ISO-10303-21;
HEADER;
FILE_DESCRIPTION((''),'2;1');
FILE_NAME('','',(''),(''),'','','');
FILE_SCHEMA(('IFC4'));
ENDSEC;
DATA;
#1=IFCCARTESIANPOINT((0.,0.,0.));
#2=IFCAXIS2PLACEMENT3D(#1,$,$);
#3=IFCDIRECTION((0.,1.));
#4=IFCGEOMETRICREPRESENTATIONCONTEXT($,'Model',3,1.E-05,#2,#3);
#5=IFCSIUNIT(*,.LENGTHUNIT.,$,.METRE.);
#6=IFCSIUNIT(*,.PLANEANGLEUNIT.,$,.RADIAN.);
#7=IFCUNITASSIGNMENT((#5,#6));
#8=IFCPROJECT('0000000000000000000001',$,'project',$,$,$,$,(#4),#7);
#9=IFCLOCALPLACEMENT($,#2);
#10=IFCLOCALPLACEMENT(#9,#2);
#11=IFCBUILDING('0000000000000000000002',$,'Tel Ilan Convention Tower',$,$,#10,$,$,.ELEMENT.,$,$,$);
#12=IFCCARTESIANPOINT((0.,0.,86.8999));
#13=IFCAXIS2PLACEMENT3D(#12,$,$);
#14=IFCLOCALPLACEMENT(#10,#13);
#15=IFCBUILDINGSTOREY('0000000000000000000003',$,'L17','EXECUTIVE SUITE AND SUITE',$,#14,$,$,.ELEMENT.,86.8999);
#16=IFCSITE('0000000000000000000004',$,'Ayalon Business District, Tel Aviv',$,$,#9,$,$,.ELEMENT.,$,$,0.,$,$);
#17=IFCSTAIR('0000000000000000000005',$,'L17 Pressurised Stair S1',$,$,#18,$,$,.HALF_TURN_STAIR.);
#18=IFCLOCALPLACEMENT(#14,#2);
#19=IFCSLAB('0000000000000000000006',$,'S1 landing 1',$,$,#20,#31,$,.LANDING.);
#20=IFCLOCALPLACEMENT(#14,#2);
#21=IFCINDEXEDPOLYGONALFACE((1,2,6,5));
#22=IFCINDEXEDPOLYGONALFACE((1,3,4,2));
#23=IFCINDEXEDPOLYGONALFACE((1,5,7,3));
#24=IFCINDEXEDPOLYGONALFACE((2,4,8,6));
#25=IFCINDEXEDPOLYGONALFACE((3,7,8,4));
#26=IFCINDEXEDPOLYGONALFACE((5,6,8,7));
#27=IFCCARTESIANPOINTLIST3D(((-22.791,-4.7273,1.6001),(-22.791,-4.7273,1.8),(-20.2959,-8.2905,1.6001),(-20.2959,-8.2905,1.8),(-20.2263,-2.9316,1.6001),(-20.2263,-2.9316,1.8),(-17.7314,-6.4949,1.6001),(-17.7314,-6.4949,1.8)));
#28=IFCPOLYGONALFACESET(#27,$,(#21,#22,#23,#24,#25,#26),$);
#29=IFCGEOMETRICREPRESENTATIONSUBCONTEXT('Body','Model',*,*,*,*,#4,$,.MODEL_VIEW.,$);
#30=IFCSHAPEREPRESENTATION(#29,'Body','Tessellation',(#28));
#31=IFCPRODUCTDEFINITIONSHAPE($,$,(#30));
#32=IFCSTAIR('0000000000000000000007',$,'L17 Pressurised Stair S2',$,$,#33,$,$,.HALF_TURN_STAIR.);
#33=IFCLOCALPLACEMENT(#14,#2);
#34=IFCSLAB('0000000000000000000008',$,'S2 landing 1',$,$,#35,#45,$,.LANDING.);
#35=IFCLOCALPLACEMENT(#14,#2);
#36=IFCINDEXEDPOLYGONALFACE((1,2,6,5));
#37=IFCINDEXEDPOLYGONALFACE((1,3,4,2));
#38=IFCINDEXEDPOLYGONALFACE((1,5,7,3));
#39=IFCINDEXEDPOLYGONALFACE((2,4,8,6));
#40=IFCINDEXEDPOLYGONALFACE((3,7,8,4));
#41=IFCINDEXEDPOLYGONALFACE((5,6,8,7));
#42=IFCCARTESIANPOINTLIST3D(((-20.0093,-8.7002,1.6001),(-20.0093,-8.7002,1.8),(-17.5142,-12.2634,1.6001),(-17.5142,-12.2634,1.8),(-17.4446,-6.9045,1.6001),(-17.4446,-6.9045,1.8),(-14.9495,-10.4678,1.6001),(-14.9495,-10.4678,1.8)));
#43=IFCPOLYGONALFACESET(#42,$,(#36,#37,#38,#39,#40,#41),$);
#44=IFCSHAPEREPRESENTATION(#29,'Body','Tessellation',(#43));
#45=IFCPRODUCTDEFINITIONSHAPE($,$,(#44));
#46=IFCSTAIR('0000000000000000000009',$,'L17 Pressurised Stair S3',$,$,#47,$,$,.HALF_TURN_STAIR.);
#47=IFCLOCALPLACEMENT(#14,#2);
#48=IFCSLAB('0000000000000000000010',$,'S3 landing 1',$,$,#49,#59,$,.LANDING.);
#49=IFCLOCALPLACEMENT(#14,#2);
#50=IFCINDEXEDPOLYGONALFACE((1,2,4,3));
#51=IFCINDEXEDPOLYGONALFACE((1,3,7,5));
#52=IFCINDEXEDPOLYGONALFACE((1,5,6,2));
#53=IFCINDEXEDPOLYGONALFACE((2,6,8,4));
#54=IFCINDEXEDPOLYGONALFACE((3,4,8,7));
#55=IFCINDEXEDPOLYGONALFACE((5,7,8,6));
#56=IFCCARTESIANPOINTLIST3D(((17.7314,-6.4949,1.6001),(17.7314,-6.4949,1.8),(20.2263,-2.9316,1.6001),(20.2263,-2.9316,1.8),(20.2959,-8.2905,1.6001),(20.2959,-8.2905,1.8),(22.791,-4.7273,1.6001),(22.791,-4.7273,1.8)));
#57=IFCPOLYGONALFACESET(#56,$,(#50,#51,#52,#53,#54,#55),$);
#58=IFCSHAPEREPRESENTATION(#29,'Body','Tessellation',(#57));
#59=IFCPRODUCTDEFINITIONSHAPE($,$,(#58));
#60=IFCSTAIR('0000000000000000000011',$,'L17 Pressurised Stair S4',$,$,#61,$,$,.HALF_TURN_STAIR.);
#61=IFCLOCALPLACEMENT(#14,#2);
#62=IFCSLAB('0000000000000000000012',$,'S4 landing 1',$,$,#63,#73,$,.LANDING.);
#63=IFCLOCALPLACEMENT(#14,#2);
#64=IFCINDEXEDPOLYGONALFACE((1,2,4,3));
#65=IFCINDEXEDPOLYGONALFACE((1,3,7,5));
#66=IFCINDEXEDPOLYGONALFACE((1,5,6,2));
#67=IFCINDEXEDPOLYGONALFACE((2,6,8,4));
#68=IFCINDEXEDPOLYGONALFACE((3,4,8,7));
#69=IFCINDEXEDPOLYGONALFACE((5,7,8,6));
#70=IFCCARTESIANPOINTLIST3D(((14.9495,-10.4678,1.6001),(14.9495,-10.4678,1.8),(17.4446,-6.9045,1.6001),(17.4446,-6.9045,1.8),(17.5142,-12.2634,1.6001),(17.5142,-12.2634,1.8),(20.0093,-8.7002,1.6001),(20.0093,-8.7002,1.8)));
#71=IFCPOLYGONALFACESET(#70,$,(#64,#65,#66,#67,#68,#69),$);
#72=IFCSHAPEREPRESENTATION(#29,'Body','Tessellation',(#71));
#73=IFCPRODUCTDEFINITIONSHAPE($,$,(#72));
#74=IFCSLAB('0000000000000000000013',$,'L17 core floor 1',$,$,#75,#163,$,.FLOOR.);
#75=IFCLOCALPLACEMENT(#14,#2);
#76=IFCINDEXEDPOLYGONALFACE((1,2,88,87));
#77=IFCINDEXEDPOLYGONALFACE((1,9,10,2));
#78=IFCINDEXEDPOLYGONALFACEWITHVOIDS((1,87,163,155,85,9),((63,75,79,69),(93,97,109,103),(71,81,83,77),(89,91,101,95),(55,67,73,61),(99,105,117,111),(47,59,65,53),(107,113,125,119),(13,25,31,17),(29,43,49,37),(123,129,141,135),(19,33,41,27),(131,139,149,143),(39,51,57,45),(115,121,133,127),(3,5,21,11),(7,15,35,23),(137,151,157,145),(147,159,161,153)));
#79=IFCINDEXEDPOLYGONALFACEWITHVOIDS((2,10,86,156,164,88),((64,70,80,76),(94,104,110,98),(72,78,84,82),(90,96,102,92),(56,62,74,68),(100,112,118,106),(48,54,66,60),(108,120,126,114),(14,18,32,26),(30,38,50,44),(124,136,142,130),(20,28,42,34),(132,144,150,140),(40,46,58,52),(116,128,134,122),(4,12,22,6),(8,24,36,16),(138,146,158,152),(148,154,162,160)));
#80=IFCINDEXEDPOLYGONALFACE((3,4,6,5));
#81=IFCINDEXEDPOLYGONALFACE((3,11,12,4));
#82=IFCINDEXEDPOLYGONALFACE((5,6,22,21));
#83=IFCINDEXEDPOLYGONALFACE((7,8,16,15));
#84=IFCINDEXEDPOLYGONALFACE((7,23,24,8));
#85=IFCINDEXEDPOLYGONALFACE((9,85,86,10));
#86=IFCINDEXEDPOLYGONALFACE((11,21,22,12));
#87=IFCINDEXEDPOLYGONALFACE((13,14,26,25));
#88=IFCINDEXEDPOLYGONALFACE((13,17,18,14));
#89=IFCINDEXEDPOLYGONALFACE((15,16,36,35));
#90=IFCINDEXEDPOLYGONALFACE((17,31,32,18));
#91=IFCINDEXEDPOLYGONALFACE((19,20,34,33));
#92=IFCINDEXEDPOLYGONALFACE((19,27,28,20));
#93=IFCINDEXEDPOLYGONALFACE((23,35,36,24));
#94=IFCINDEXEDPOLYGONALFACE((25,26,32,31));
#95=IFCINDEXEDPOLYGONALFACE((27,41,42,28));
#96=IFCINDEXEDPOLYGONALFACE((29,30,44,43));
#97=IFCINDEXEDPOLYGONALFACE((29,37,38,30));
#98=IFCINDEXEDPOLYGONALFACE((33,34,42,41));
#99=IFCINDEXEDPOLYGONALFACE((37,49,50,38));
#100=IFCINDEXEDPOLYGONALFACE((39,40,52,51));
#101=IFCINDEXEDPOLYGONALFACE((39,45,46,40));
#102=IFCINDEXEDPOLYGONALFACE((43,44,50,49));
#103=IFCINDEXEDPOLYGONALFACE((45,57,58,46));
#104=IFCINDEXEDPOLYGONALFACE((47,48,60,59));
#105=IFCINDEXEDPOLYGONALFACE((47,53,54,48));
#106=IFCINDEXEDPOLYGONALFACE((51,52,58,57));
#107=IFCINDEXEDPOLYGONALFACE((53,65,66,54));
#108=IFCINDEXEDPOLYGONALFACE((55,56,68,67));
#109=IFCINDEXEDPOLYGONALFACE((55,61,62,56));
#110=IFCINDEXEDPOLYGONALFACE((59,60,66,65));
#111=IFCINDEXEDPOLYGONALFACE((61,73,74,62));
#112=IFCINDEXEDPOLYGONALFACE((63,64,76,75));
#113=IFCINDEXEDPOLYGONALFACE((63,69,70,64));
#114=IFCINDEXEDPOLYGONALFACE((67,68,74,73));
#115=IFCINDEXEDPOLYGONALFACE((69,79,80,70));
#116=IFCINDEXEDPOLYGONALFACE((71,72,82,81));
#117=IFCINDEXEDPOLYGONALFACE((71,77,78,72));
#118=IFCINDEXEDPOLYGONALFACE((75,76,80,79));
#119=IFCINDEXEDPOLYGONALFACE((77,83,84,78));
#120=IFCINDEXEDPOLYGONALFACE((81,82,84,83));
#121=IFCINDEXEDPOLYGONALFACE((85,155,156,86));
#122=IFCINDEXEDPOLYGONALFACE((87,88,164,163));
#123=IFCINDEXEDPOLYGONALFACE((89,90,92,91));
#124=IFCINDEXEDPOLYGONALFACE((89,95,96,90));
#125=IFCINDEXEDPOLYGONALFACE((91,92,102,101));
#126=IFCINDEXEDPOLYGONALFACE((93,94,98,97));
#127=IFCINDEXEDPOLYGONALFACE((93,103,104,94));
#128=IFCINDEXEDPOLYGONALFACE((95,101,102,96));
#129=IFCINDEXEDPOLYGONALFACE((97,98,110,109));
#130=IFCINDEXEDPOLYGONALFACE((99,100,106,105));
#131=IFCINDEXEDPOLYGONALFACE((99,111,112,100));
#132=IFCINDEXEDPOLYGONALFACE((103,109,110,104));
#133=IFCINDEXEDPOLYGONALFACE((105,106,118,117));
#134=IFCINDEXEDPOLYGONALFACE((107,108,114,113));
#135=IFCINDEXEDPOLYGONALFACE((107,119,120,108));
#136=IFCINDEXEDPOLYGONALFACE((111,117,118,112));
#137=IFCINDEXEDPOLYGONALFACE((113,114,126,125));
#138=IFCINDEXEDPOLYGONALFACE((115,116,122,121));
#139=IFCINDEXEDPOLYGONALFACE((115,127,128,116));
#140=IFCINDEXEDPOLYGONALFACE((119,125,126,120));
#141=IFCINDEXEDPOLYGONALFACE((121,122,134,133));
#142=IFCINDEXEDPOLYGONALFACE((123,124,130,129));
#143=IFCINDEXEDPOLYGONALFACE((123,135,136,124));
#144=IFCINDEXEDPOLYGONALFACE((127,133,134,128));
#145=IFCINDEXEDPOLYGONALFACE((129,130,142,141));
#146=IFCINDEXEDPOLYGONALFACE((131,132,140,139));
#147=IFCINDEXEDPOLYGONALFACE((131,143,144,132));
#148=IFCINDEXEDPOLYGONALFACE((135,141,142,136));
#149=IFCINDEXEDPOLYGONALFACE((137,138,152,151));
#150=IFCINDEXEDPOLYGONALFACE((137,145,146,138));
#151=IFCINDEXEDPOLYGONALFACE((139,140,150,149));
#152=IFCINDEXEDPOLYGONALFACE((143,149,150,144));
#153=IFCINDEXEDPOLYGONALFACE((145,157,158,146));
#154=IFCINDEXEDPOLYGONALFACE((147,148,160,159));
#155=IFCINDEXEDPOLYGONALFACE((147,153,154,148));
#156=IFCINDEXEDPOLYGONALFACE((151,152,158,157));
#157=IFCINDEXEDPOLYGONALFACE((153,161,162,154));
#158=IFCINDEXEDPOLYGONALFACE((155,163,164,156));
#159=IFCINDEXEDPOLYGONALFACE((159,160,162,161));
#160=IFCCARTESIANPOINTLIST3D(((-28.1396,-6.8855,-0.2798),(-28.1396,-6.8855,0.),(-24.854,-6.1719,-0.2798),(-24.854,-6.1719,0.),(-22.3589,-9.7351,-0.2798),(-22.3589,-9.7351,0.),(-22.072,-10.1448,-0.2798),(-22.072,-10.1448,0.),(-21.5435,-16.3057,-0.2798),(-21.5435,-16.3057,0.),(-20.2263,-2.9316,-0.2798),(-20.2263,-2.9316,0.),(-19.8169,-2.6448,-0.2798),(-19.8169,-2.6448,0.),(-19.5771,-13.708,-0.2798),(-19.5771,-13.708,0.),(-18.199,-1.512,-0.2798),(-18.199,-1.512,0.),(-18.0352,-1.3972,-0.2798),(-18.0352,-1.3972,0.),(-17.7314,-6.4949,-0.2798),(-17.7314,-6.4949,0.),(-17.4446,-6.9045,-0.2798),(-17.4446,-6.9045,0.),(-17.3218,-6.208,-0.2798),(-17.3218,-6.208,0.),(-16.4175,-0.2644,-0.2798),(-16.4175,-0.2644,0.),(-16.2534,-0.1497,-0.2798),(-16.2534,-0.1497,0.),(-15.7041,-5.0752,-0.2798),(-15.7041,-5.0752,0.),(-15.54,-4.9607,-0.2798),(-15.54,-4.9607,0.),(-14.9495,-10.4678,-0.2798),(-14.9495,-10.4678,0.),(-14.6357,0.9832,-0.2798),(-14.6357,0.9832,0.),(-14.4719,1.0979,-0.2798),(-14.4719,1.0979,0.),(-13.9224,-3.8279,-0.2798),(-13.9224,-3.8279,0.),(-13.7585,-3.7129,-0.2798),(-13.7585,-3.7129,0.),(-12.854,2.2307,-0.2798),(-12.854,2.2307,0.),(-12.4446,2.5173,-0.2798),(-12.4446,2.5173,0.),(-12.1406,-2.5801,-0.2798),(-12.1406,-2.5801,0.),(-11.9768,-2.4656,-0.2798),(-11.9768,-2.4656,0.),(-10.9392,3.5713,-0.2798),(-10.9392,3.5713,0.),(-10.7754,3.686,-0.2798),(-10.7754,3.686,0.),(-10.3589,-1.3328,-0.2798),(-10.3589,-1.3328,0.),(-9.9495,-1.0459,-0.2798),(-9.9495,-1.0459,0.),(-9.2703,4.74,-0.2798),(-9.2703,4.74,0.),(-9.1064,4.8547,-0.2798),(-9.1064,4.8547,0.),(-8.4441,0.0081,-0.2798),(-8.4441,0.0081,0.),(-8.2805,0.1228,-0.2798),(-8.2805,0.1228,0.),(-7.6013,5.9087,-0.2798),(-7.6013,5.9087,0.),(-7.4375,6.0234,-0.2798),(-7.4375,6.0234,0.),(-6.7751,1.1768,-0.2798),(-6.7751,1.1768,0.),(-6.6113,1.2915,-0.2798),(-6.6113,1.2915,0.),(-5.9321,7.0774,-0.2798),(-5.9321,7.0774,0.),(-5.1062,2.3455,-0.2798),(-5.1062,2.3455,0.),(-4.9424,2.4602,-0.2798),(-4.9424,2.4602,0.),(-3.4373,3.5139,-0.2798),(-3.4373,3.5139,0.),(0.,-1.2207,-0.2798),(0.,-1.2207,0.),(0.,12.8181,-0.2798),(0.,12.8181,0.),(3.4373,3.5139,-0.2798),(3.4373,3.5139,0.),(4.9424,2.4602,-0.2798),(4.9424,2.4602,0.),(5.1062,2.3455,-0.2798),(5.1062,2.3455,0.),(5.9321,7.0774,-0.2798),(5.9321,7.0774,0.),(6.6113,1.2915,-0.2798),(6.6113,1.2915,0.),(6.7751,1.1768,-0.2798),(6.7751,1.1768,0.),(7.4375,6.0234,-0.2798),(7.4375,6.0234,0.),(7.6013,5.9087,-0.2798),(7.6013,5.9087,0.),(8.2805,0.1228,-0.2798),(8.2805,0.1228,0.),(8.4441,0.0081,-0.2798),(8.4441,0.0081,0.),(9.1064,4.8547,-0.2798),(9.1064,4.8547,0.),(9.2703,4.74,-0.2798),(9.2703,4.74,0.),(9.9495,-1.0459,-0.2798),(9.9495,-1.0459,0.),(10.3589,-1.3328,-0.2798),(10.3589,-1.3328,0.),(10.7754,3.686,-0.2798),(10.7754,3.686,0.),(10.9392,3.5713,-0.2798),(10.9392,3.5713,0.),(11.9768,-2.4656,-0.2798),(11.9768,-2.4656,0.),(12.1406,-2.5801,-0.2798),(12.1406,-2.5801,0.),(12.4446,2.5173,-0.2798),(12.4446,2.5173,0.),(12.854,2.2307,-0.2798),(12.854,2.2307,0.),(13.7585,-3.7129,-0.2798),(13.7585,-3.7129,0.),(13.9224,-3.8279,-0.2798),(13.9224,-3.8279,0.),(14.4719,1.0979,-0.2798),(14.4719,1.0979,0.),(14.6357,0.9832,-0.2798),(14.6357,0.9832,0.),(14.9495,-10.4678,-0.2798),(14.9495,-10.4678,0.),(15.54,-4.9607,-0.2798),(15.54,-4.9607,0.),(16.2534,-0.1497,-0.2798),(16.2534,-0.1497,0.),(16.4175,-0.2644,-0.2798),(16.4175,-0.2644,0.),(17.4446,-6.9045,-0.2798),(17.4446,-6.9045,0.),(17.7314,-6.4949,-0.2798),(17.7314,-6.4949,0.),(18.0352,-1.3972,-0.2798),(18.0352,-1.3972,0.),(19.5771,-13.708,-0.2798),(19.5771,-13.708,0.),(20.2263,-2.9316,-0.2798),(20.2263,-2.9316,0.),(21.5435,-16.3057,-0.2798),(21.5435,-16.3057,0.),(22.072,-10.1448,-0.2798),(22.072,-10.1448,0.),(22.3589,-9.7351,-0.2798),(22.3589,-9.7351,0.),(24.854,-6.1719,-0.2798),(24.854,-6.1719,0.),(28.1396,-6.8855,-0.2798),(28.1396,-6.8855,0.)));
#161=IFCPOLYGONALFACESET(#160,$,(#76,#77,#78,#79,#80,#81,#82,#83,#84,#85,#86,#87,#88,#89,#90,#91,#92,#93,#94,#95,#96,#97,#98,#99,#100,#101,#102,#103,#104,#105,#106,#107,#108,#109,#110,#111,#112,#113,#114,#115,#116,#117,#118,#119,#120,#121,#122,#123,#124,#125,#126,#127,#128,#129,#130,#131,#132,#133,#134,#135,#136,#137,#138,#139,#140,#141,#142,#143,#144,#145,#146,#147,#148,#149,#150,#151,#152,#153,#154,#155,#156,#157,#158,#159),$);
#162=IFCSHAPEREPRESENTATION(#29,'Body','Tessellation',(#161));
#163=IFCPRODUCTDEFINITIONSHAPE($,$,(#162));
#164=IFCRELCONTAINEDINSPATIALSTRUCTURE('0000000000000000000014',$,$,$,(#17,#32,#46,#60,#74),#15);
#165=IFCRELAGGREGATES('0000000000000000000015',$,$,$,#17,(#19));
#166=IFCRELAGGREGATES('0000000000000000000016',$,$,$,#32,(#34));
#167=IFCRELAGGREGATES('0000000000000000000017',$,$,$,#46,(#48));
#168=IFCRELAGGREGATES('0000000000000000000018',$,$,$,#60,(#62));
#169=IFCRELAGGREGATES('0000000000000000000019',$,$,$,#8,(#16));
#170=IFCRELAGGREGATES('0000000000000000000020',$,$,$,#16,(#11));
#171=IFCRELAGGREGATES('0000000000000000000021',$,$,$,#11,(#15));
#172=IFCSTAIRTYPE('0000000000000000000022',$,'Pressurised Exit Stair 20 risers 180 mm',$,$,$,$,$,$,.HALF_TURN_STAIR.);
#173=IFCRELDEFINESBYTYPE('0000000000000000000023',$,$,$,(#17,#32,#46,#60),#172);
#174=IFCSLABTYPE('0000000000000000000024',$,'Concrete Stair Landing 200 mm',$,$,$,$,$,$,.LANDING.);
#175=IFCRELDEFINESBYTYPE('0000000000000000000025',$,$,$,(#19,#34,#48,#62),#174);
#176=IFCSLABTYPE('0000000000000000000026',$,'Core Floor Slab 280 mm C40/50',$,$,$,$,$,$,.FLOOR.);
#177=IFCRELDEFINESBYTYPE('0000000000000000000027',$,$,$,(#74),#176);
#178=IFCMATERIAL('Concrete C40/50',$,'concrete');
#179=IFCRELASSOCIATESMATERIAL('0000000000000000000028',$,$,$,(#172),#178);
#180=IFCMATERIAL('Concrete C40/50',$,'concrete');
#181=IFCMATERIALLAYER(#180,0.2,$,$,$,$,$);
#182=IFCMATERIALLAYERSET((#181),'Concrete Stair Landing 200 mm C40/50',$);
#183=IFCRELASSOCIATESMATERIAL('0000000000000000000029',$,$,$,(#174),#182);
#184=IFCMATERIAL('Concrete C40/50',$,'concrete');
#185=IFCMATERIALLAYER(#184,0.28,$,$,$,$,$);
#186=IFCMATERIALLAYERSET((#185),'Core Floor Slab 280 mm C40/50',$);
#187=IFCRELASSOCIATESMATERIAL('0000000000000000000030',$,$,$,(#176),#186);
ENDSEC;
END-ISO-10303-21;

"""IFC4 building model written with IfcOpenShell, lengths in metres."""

from ifc_helpers import new_model, si_unit, direction, frame, origin, place, context, subcontext, project, spatial, polyline, outline, extrude, material, layer, layer_set, type_object, element, aggregate, save


model = new_model("IFC4")

# Units and contexts
model_context = context("Model", 3, precision=1e-05, world=origin(), true_north=direction((0.0, 1.0)))
body_context = subcontext(model_context, "Body", "Model", "MODEL_VIEW")
ifc_project = project(units=[si_unit("LENGTHUNIT", "METRE"), si_unit("PLANEANGLEUNIT", "RADIAN")], contexts=[model_context])

# Site, building, storey
site_placement = place(None, origin())
site = spatial("IfcSite", under=ifc_project, at=site_placement, Name="Ayalon Business District, Tel Aviv", CompositionType="ELEMENT", RefElevation=0.0)
building_placement = place(site_placement, origin())
building = spatial("IfcBuilding", under=site, at=building_placement, Name="Tel Ilan Convention Tower", CompositionType="ELEMENT")
storey_placement = place(building_placement, frame((0.0, 0.0, 86.8999)))
storey = spatial("IfcBuildingStorey", under=building, at=storey_placement, Name="L17", Description="EXECUTIVE SUITE AND SUITE", CompositionType="ELEMENT", Elevation=86.8999)

# Stairs, slabs
ifc_material_1 = material(Name="Concrete C40/50", Category="concrete")
stair_type = type_object("IfcStairType", Name="Pressurised Exit Stair 20 risers 180 mm", PredefinedType="HALF_TURN_STAIR", material=ifc_material_1)
stair_1_placement = place(storey_placement, origin())
stair_1 = element("IfcStair", 1, at=stair_1_placement, inside=storey, type_object=stair_type, Name="L17 Pressurised Stair S1", PredefinedType="HALF_TURN_STAIR")
ifc_material_2 = material(Name="Concrete C40/50", Category="concrete")
ifc_layer_1 = layer(ifc_material_2, 0.2)
ifc_layer_set_1 = layer_set([ifc_layer_1], Name="Concrete Stair Landing 200 mm C40/50")
slab_type_1 = type_object("IfcSlabType", Name="Concrete Stair Landing 200 mm", PredefinedType="LANDING", material=ifc_layer_set_1)
slab_1_placement = place(storey_placement, frame((0.0, 0.0, 1.6001)))
slab_1 = element("IfcSlab", 2, at=slab_1_placement, type_object=slab_type_1, Name="S1 landing 1", PredefinedType="LANDING", context=body_context, shape_type="SweptSolid", body=[
    extrude(outline(polyline([(-20.2959, -8.2905), (-17.7314, -6.4949), (-20.2263, -2.9316), (-22.791, -4.7273), (-20.2959, -8.2905)])), origin(), (0.0, 0.0, 1.0), 0.2),
])
aggregate(stair_1, [slab_1])
stair_2_placement = place(storey_placement, origin())
stair_2 = element("IfcStair", 3, at=stair_2_placement, inside=storey, type_object=stair_type, Name="L17 Pressurised Stair S2", PredefinedType="HALF_TURN_STAIR")
slab_2_placement = place(storey_placement, frame((0.0, 0.0, 1.6001)))
slab_2 = element("IfcSlab", 4, at=slab_2_placement, type_object=slab_type_1, Name="S2 landing 1", PredefinedType="LANDING", context=body_context, shape_type="SweptSolid", body=[
    extrude(outline(polyline([(-17.5142, -12.2634), (-14.9495, -10.4678), (-17.4446, -6.9045), (-20.0093, -8.7002), (-17.5142, -12.2634)])), origin(), (0.0, 0.0, 1.0), 0.2),
])
aggregate(stair_2, [slab_2])
stair_3_placement = place(storey_placement, origin())
stair_3 = element("IfcStair", 5, at=stair_3_placement, inside=storey, type_object=stair_type, Name="L17 Pressurised Stair S3", PredefinedType="HALF_TURN_STAIR")
slab_3_placement = place(storey_placement, frame((0.0, 0.0, 1.6001)))
slab_3 = element("IfcSlab", 6, at=slab_3_placement, type_object=slab_type_1, Name="S3 landing 1", PredefinedType="LANDING", context=body_context, shape_type="SweptSolid", body=[
    extrude(outline(polyline([(22.791, -4.7273), (20.2263, -2.9316), (17.7314, -6.4949), (20.2959, -8.2905), (22.791, -4.7273)])), origin(), (0.0, 0.0, 1.0), 0.2),
])
aggregate(stair_3, [slab_3])
stair_4_placement = place(storey_placement, origin())
stair_4 = element("IfcStair", 7, at=stair_4_placement, inside=storey, type_object=stair_type, Name="L17 Pressurised Stair S4", PredefinedType="HALF_TURN_STAIR")
slab_4_placement = place(storey_placement, frame((0.0, 0.0, 1.6001)))
slab_4 = element("IfcSlab", 8, at=slab_4_placement, type_object=slab_type_1, Name="S4 landing 1", PredefinedType="LANDING", context=body_context, shape_type="SweptSolid", body=[
    extrude(outline(polyline([(20.0093, -8.7002), (17.4446, -6.9045), (14.9495, -10.4678), (17.5142, -12.2634), (20.0093, -8.7002)])), origin(), (0.0, 0.0, 1.0), 0.2),
])
aggregate(stair_4, [slab_4])

# Slab
ifc_material_3 = material(Name="Concrete C40/50", Category="concrete")
ifc_layer_2 = layer(ifc_material_3, 0.28)
ifc_layer_set_2 = layer_set([ifc_layer_2], Name="Core Floor Slab 280 mm C40/50")
slab_type_2 = type_object("IfcSlabType", Name="Core Floor Slab 280 mm C40/50", PredefinedType="FLOOR", material=ifc_layer_set_2)
slab_5_placement = place(storey_placement, frame((0.0, 0.0, -0.2798)))
element("IfcSlab", 9, at=slab_5_placement, inside=storey, type_object=slab_type_2, Name="L17 core floor 1", PredefinedType="FLOOR", context=body_context, shape_type="SweptSolid", body=[
    extrude(outline(polyline([(-28.1396, -6.8855), (0.0, 12.8181), (28.1396, -6.8855), (21.5435, -16.3057), (0.0, -1.2207), (-21.5435, -16.3057), (-28.1396, -6.8855)]), holes=[polyline([(-14.9495, -10.4678), (-17.4446, -6.9045), (-22.072, -10.1448), (-19.5771, -13.708), (-14.9495, -10.4678)]), polyline([(-17.7314, -6.4949), (-20.2263, -2.9316), (-24.854, -6.1719), (-22.3589, -9.7351), (-17.7314, -6.4949)]), polyline([(-18.199, -1.512), (-19.8169, -2.6448), (-17.3218, -6.208), (-15.7041, -5.0752), (-18.199, -1.512)]), polyline([(-16.4175, -0.2644), (-18.0352, -1.3972), (-15.54, -4.9607), (-13.9224, -3.8279), (-16.4175, -0.2644)]), polyline([(-14.6357, 0.9832), (-16.2534, -0.1497), (-13.7585, -3.7129), (-12.1406, -2.5801), (-14.6357, 0.9832)]), polyline([(-12.854, 2.2307), (-14.4719, 1.0979), (-11.9768, -2.4656), (-10.3589, -1.3328), (-12.854, 2.2307)]), polyline([(-10.9392, 3.5713), (-12.4446, 2.5173), (-9.9495, -1.0459), (-8.4441, 0.0081), (-10.9392, 3.5713)]), polyline([(-6.7751, 1.1768), (-9.2703, 4.74), (-10.7754, 3.686), (-8.2805, 0.1228), (-6.7751, 1.1768)]), polyline([(-5.1062, 2.3455), (-7.6013, 5.9087), (-9.1064, 4.8547), (-6.6113, 1.2915), (-5.1062, 2.3455)]), polyline([(-5.9321, 7.0774), (-7.4375, 6.0234), (-4.9424, 2.4602), (-3.4373, 3.5139), (-5.9321, 7.0774)]), polyline([(17.4446, -6.9045), (14.9495, -10.4678), (19.5771, -13.708), (22.072, -10.1448), (17.4446, -6.9045)]), polyline([(20.2263, -2.9316), (17.7314, -6.4949), (22.3589, -9.7351), (24.854, -6.1719), (20.2263, -2.9316)]), polyline([(13.9224, -3.8279), (15.54, -4.9607), (18.0352, -1.3972), (16.4175, -0.2644), (13.9224, -3.8279)]), polyline([(12.1406, -2.5801), (13.7585, -3.7129), (16.2534, -0.1497), (14.6357, 0.9832), (12.1406, -2.5801)]), polyline([(11.9768, -2.4656), (14.4719, 1.0979), (12.854, 2.2307), (10.3589, -1.3328), (11.9768, -2.4656)]), polyline([(9.9495, -1.0459), (12.4446, 2.5173), (10.9392, 3.5713), (8.4441, 0.0081), (9.9495, -1.0459)]), polyline([(8.2805, 0.1228), (10.7754, 3.686), (9.2703, 4.74), (6.7751, 1.1768), (8.2805, 0.1228)]), polyline([(5.1062, 2.3455), (6.6113, 1.2915), (9.1064, 4.8547), (7.6013, 5.9087), (5.1062, 2.3455)]), polyline([(3.4373, 3.5139), (4.9424, 2.4602), (7.4375, 6.0234), (5.9321, 7.0774), (3.4373, 3.5139)])]), origin(), (0.0, 0.0, 1.0), 0.2798),
])

save(model, "model.ifc")
